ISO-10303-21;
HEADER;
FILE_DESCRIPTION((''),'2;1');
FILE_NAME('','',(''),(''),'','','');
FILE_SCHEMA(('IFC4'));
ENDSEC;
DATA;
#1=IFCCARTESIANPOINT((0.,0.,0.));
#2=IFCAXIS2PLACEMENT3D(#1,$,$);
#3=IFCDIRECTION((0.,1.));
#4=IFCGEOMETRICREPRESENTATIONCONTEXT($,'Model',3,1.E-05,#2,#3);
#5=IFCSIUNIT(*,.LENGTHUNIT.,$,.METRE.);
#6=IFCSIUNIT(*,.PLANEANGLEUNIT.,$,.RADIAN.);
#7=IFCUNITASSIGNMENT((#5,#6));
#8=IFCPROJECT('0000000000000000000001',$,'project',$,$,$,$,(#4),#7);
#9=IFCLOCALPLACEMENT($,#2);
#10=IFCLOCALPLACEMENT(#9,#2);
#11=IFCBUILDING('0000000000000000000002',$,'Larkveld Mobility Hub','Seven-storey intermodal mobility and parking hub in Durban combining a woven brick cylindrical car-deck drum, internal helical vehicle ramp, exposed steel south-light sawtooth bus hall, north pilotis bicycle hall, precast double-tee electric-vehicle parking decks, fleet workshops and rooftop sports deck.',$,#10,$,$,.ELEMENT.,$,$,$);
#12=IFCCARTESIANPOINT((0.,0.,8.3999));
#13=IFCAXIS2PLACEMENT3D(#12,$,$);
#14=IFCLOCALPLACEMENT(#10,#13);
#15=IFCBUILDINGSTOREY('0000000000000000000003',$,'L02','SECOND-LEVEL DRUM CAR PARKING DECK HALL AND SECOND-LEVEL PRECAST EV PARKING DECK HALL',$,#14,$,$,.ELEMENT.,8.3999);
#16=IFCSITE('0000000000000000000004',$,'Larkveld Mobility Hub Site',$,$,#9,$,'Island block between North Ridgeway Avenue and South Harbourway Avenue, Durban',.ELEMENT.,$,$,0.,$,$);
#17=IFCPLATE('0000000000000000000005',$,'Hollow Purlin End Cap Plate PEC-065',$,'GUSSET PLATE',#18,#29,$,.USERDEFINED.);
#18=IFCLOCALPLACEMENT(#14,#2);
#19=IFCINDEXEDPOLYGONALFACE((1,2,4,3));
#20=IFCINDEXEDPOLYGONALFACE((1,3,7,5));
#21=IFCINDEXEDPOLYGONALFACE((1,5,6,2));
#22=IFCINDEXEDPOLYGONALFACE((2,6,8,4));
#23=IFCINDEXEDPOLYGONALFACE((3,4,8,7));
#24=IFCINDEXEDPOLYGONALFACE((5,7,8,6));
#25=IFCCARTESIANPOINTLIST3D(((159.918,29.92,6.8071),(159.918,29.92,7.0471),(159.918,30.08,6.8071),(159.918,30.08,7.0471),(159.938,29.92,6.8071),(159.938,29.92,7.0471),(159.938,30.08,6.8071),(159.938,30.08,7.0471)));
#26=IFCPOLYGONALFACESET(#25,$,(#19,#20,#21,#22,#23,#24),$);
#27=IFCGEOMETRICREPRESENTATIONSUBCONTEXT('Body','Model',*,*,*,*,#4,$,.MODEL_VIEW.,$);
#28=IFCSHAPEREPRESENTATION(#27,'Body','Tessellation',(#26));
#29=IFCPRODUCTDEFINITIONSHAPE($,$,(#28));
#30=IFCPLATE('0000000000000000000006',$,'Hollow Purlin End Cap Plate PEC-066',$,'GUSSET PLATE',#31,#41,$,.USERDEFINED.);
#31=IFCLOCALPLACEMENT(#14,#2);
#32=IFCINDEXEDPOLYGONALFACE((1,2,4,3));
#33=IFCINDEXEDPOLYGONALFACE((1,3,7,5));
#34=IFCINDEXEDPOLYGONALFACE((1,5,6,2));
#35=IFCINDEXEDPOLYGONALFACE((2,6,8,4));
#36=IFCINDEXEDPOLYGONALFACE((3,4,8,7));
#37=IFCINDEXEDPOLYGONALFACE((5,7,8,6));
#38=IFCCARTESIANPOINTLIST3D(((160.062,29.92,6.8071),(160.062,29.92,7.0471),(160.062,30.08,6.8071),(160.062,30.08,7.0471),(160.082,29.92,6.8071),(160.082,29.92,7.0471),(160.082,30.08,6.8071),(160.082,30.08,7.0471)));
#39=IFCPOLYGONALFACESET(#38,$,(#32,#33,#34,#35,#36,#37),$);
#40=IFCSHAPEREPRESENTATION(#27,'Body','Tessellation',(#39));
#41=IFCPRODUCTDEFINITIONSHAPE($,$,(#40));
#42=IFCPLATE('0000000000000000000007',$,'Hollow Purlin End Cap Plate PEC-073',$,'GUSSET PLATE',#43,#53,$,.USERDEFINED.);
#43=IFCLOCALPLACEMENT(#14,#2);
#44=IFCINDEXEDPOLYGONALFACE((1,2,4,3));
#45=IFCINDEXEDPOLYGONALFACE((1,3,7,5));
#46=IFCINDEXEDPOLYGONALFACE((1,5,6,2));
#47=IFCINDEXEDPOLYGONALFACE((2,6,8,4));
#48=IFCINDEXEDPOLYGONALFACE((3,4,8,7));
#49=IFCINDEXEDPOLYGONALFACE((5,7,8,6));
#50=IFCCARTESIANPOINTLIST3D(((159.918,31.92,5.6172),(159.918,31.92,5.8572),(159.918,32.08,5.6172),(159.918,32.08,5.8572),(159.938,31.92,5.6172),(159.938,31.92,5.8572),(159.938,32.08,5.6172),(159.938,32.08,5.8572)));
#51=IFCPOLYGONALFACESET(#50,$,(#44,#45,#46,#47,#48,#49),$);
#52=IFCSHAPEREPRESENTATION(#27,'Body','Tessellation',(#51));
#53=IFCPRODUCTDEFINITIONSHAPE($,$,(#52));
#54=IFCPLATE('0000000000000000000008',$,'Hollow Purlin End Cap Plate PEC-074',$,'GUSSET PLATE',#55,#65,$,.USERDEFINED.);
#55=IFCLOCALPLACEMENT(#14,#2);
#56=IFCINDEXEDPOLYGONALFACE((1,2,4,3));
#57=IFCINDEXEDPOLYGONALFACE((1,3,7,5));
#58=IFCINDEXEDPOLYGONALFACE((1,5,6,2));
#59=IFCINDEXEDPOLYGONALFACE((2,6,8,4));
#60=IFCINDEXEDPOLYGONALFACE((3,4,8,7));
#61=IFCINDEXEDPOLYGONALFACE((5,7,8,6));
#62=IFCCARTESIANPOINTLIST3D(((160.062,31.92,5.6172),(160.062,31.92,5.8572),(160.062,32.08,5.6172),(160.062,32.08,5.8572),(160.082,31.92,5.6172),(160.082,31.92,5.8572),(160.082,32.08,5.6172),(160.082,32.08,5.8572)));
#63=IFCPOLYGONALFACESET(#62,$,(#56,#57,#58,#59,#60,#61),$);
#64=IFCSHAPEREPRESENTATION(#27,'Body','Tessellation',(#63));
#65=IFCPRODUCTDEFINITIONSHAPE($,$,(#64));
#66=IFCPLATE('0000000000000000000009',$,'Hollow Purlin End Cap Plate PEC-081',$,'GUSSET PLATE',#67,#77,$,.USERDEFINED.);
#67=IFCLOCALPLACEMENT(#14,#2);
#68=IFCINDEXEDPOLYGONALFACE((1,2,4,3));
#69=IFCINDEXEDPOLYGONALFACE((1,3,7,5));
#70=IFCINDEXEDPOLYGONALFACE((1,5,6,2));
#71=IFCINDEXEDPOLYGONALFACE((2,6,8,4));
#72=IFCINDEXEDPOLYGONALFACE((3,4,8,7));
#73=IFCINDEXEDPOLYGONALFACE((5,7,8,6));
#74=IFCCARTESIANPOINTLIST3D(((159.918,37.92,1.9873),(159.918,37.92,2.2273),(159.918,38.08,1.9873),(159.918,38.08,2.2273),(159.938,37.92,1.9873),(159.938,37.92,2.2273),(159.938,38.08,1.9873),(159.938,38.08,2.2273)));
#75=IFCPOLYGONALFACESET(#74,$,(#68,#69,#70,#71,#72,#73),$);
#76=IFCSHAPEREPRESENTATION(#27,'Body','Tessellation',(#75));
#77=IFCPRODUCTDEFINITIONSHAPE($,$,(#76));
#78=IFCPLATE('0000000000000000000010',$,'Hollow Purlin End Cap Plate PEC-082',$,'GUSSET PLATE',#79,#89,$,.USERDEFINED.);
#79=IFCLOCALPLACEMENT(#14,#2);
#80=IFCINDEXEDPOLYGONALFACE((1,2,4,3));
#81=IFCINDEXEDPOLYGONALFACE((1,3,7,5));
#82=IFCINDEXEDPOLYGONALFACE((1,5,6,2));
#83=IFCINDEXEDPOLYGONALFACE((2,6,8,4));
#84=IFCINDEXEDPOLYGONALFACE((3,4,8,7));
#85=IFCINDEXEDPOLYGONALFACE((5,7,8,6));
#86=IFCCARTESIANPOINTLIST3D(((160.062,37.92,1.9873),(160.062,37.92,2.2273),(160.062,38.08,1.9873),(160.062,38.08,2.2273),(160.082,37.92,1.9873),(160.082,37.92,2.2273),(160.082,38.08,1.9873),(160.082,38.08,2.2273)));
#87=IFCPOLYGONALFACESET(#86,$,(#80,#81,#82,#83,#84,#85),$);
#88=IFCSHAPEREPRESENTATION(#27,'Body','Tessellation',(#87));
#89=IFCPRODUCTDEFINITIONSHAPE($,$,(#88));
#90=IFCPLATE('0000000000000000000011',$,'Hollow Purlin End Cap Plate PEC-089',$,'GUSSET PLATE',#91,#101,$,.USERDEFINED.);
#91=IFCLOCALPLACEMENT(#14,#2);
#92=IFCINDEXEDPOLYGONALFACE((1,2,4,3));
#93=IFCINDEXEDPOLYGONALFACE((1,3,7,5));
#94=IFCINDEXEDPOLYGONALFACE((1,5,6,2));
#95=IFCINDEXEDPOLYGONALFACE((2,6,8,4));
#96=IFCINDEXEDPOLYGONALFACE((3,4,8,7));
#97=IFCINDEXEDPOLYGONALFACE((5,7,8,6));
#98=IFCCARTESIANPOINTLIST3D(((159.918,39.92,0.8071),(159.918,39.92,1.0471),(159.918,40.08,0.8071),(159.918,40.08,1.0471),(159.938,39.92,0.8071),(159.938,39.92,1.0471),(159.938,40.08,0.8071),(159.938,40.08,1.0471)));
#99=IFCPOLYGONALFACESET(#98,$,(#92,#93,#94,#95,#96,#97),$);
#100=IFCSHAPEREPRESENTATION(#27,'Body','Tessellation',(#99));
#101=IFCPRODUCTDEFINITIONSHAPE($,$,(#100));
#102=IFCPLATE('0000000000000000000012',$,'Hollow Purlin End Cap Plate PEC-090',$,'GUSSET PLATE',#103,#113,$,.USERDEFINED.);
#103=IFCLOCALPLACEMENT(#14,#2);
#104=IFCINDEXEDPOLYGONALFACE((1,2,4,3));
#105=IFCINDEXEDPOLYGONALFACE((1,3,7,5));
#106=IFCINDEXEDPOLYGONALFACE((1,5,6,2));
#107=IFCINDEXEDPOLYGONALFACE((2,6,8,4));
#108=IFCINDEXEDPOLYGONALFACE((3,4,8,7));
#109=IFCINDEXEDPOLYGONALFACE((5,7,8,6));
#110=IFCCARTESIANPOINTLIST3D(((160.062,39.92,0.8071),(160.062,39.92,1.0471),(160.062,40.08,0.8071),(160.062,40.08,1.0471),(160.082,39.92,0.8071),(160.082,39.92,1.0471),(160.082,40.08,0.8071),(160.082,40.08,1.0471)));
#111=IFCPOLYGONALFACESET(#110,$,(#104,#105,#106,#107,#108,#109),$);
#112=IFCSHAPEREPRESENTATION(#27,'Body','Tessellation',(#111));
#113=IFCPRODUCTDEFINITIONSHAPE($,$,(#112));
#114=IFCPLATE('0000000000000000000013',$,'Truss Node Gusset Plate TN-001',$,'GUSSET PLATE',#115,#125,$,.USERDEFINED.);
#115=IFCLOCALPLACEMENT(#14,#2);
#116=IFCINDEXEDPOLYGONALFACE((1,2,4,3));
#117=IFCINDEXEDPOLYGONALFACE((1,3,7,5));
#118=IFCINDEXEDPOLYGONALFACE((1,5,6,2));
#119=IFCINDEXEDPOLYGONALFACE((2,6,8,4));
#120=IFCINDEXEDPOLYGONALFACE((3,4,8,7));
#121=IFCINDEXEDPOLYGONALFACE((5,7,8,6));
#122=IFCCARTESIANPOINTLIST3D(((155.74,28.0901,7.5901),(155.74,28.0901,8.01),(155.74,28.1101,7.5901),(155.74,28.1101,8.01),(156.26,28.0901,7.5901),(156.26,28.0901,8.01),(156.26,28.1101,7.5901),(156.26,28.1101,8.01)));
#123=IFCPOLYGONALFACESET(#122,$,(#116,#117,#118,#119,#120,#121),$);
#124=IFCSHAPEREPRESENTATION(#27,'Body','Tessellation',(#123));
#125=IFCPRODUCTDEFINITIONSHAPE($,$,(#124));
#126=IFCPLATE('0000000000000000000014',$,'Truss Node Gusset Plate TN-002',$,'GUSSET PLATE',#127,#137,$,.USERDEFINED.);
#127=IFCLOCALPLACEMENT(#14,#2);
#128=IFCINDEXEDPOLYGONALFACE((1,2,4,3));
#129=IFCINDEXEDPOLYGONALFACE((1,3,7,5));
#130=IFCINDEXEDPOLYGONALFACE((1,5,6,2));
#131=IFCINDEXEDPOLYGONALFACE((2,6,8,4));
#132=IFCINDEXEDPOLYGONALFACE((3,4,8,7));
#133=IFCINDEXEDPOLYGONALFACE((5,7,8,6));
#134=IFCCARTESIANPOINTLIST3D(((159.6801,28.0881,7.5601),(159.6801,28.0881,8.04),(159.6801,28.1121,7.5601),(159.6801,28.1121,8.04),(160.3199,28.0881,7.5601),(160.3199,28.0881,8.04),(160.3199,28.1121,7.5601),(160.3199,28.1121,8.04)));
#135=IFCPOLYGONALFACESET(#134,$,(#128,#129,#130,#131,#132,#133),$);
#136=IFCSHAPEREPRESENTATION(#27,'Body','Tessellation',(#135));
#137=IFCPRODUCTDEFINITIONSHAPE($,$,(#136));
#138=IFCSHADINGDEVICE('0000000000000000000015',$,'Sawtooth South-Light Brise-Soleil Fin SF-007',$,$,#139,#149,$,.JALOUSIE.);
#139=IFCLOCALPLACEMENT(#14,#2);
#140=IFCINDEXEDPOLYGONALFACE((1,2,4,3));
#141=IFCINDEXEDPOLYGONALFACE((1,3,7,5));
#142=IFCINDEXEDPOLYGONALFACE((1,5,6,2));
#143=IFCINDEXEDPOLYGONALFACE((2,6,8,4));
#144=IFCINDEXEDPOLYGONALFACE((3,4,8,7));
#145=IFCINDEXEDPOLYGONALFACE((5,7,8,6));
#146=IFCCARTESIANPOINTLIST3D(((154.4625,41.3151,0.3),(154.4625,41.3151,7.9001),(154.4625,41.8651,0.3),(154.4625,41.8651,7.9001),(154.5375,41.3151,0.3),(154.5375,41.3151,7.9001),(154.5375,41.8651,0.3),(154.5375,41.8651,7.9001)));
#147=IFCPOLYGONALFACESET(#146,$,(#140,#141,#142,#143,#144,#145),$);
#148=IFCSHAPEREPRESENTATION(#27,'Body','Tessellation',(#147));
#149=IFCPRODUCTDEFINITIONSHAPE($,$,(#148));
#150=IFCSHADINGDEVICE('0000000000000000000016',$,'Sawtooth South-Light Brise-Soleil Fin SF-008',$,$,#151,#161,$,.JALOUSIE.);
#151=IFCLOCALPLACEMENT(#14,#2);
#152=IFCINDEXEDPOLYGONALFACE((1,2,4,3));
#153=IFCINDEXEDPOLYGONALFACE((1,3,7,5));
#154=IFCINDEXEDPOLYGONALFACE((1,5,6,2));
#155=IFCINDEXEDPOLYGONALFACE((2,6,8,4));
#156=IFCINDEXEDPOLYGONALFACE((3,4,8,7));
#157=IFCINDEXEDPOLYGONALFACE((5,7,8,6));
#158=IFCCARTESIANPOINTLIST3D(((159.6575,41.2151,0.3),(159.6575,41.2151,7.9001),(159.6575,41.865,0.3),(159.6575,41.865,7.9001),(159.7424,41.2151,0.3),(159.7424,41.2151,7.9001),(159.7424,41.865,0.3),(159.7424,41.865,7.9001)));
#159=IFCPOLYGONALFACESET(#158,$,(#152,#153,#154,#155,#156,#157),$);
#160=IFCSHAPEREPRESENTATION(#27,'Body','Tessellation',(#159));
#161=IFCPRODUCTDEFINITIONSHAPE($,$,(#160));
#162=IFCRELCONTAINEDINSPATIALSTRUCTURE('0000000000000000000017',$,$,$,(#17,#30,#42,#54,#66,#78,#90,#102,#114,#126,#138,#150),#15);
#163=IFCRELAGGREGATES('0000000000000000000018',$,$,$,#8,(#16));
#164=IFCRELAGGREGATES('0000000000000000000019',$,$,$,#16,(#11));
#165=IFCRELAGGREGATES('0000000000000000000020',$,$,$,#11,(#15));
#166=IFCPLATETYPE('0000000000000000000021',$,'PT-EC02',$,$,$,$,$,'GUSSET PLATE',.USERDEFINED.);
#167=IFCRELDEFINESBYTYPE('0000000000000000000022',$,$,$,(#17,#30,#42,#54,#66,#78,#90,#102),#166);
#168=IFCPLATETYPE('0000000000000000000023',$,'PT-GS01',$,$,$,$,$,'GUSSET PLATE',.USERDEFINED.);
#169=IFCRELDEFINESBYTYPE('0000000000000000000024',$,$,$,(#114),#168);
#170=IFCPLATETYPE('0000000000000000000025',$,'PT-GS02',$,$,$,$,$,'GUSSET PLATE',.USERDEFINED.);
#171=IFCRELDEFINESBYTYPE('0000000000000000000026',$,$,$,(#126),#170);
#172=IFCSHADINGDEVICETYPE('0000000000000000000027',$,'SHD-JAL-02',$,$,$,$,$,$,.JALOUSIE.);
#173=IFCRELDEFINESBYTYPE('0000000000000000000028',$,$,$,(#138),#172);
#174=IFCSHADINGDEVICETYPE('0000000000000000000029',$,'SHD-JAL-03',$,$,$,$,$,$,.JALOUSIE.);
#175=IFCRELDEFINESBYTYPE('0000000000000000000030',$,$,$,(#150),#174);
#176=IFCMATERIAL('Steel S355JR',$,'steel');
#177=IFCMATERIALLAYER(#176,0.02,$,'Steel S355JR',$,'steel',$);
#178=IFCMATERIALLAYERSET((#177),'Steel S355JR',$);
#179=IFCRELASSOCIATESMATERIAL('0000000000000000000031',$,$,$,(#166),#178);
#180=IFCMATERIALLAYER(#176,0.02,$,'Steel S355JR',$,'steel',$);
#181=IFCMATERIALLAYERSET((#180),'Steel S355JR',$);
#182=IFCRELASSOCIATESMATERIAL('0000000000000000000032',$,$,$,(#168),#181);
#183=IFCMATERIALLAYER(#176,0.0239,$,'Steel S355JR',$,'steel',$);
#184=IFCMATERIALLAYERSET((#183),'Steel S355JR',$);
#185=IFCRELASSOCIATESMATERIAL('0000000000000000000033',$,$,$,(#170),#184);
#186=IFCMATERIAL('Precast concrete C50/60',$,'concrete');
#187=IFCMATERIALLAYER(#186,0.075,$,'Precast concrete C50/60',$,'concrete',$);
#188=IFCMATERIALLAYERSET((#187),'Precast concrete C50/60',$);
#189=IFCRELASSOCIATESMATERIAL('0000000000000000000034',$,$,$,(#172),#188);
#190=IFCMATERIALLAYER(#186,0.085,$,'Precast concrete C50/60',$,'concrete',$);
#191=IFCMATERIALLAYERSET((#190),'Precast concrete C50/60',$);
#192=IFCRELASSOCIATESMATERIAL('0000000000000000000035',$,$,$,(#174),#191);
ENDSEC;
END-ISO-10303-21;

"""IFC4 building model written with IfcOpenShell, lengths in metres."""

from ifc_helpers import new_model, si_unit, direction, frame, origin, origin_2d, place, context, subcontext, project, spatial, rectangle, extrude, material, layer, layer_set, type_object, element, save


model = new_model("IFC4")

# Units and contexts
model_context = context("Model", 3, precision=1e-05, world=origin(), true_north=direction((0.0, 1.0)))
body_context = subcontext(model_context, "Body", "Model", "MODEL_VIEW")
ifc_project = project(units=[si_unit("LENGTHUNIT", "METRE"), si_unit("PLANEANGLEUNIT", "RADIAN")], contexts=[model_context])

# Site, building, storey
site_placement = place(None, origin())
site = spatial("IfcSite", under=ifc_project, at=site_placement, Name="Larkveld Mobility Hub Site", LongName="Island block between North Ridgeway Avenue and South Harbourway Avenue, Durban", CompositionType="ELEMENT", RefElevation=0.0)
building_placement = place(site_placement, origin())
building = spatial("IfcBuilding", under=site, at=building_placement, Name="Larkveld Mobility Hub", Description="Seven-storey intermodal mobility and parking hub in Durban combining a woven brick cylindrical car-deck drum, internal helical vehicle ramp, exposed steel south-light sawtooth bus hall, north pilotis bicycle hall, precast double-tee electric-vehicle parking decks, fleet workshops and rooftop sports deck.", CompositionType="ELEMENT")
storey_placement = place(building_placement, frame((0.0, 0.0, 8.3999)))
storey = spatial("IfcBuildingStorey", under=building, at=storey_placement, Name="L02", Description="SECOND-LEVEL DRUM CAR PARKING DECK HALL AND SECOND-LEVEL PRECAST EV PARKING DECK HALL", CompositionType="ELEMENT", Elevation=8.3999)

# Shared definitions
ifc_material_1 = material(Name="Steel S355JR", Category="steel")

# Plates
ifc_layer_1 = layer(ifc_material_1, 0.02, Name="Steel S355JR", Category="steel")
ifc_layer_set_1 = layer_set([ifc_layer_1], Name="Steel S355JR")
plate_type_1 = type_object("IfcPlateType", Name="PT-EC02", ElementType="GUSSET PLATE", PredefinedType="USERDEFINED", material=ifc_layer_set_1)
for number, where, z_axis, x_axis, name in (
    (1, (159.928, 30.0, 6.8071), (0.0, 0.0, 1.0), (1.0, 0.0, 0.0), "Hollow Purlin End Cap Plate PEC-065"),
    (2, (160.072, 30.0, 6.8071), (0.0, 0.0, 1.0), (1.0, 0.0, 0.0), "Hollow Purlin End Cap Plate PEC-066"),
    (3, (159.928, 32.0, 5.6172), (0.0, 0.0, 1.0), (1.0, 0.0, 0.0), "Hollow Purlin End Cap Plate PEC-073"),
    (4, (160.072, 32.0, 5.6172), (0.0, 0.0, 1.0), (1.0, 0.0, 0.0), "Hollow Purlin End Cap Plate PEC-074"),
    (5, (159.928, 38.0, 1.9873), (0.0, 0.0, 1.0), (1.0, 0.0, 0.0), "Hollow Purlin End Cap Plate PEC-081"),
    (6, (160.072, 38.0, 1.9873), (0.0, 0.0, 1.0), (1.0, 0.0, 0.0), "Hollow Purlin End Cap Plate PEC-082"),
    (7, (159.928, 40.0, 0.8071), (0.0, 0.0, 1.0), (1.0, 0.0, 0.0), "Hollow Purlin End Cap Plate PEC-089"),
    (8, (160.072, 40.0, 0.8071), (0.0, 0.0, 1.0), (1.0, 0.0, 0.0), "Hollow Purlin End Cap Plate PEC-090"),
):
    element("IfcPlate", number, at=place(storey_placement, frame(where, z_axis=z_axis, x_axis=x_axis)), inside=storey, type_object=plate_type_1, Name=name, ObjectType="GUSSET PLATE", PredefinedType="USERDEFINED", context=body_context, shape_type="SweptSolid", body=[
        extrude(rectangle(XDim=0.02, YDim=0.1599, at=origin_2d()), origin(), (0.0, 0.0, 1.0), 0.24),
    ])
ifc_layer_2 = layer(ifc_material_1, 0.02, Name="Steel S355JR", Category="steel")
ifc_layer_set_2 = layer_set([ifc_layer_2], Name="Steel S355JR")
plate_type_2 = type_object("IfcPlateType", Name="PT-GS01", ElementType="GUSSET PLATE", PredefinedType="USERDEFINED", material=ifc_layer_set_2)
plate_1_placement = place(storey_placement, frame((156.0, 28.1001, 7.5901), z_axis=(0.0, 0.0, 1.0), x_axis=(1.0, 0.0, 0.0)))
element("IfcPlate", 9, at=plate_1_placement, inside=storey, type_object=plate_type_2, Name="Truss Node Gusset Plate TN-001", ObjectType="GUSSET PLATE", PredefinedType="USERDEFINED", context=body_context, shape_type="SweptSolid", body=[
    extrude(rectangle(XDim=0.52, YDim=0.02, at=origin_2d()), origin(), (0.0, 0.0, 1.0), 0.4199),
])
ifc_layer_3 = layer(ifc_material_1, 0.0239, Name="Steel S355JR", Category="steel")
ifc_layer_set_3 = layer_set([ifc_layer_3], Name="Steel S355JR")
plate_type_3 = type_object("IfcPlateType", Name="PT-GS02", ElementType="GUSSET PLATE", PredefinedType="USERDEFINED", material=ifc_layer_set_3)
plate_2_placement = place(storey_placement, frame((160.0, 28.1001, 7.5601), z_axis=(0.0, 0.0, 1.0), x_axis=(1.0, 0.0, 0.0)))
element("IfcPlate", 10, at=plate_2_placement, inside=storey, type_object=plate_type_3, Name="Truss Node Gusset Plate TN-002", ObjectType="GUSSET PLATE", PredefinedType="USERDEFINED", context=body_context, shape_type="SweptSolid", body=[
    extrude(rectangle(XDim=0.6399, YDim=0.0239, at=origin_2d()), origin(), (0.0, 0.0, 1.0), 0.48),
])

# Shading devices
ifc_material_2 = material(Name="Precast concrete C50/60", Category="concrete")
ifc_layer_4 = layer(ifc_material_2, 0.075, Name="Precast concrete C50/60", Category="concrete")
ifc_layer_set_4 = layer_set([ifc_layer_4], Name="Precast concrete C50/60")
shading_device_type_1 = type_object("IfcShadingDeviceType", Name="SHD-JAL-02", PredefinedType="JALOUSIE", material=ifc_layer_set_4)
shading_device_1_placement = place(storey_placement, frame((154.5, 41.5901, 0.3), z_axis=(0.0, 0.0, 1.0), x_axis=(1.0, 0.0, 0.0)))
element("IfcShadingDevice", 11, at=shading_device_1_placement, inside=storey, type_object=shading_device_type_1, Name="Sawtooth South-Light Brise-Soleil Fin SF-007", PredefinedType="JALOUSIE", context=body_context, shape_type="SweptSolid", body=[
    extrude(rectangle(XDim=0.075, YDim=0.55, at=origin_2d()), origin(), (0.0, 0.0, 1.0), 7.6001),
])
ifc_layer_5 = layer(ifc_material_2, 0.085, Name="Precast concrete C50/60", Category="concrete")
ifc_layer_set_5 = layer_set([ifc_layer_5], Name="Precast concrete C50/60")
shading_device_type_2 = type_object("IfcShadingDeviceType", Name="SHD-JAL-03", PredefinedType="JALOUSIE", material=ifc_layer_set_5)
shading_device_2_placement = place(storey_placement, frame((159.7, 41.54, 0.3), z_axis=(0.0, 0.0, 1.0), x_axis=(1.0, 0.0, 0.0)))
element("IfcShadingDevice", 12, at=shading_device_2_placement, inside=storey, type_object=shading_device_type_2, Name="Sawtooth South-Light Brise-Soleil Fin SF-008", PredefinedType="JALOUSIE", context=body_context, shape_type="SweptSolid", body=[
    extrude(rectangle(XDim=0.085, YDim=0.6499, at=origin_2d()), origin(), (0.0, 0.0, 1.0), 7.6001),
])

save(model, "model.ifc")
